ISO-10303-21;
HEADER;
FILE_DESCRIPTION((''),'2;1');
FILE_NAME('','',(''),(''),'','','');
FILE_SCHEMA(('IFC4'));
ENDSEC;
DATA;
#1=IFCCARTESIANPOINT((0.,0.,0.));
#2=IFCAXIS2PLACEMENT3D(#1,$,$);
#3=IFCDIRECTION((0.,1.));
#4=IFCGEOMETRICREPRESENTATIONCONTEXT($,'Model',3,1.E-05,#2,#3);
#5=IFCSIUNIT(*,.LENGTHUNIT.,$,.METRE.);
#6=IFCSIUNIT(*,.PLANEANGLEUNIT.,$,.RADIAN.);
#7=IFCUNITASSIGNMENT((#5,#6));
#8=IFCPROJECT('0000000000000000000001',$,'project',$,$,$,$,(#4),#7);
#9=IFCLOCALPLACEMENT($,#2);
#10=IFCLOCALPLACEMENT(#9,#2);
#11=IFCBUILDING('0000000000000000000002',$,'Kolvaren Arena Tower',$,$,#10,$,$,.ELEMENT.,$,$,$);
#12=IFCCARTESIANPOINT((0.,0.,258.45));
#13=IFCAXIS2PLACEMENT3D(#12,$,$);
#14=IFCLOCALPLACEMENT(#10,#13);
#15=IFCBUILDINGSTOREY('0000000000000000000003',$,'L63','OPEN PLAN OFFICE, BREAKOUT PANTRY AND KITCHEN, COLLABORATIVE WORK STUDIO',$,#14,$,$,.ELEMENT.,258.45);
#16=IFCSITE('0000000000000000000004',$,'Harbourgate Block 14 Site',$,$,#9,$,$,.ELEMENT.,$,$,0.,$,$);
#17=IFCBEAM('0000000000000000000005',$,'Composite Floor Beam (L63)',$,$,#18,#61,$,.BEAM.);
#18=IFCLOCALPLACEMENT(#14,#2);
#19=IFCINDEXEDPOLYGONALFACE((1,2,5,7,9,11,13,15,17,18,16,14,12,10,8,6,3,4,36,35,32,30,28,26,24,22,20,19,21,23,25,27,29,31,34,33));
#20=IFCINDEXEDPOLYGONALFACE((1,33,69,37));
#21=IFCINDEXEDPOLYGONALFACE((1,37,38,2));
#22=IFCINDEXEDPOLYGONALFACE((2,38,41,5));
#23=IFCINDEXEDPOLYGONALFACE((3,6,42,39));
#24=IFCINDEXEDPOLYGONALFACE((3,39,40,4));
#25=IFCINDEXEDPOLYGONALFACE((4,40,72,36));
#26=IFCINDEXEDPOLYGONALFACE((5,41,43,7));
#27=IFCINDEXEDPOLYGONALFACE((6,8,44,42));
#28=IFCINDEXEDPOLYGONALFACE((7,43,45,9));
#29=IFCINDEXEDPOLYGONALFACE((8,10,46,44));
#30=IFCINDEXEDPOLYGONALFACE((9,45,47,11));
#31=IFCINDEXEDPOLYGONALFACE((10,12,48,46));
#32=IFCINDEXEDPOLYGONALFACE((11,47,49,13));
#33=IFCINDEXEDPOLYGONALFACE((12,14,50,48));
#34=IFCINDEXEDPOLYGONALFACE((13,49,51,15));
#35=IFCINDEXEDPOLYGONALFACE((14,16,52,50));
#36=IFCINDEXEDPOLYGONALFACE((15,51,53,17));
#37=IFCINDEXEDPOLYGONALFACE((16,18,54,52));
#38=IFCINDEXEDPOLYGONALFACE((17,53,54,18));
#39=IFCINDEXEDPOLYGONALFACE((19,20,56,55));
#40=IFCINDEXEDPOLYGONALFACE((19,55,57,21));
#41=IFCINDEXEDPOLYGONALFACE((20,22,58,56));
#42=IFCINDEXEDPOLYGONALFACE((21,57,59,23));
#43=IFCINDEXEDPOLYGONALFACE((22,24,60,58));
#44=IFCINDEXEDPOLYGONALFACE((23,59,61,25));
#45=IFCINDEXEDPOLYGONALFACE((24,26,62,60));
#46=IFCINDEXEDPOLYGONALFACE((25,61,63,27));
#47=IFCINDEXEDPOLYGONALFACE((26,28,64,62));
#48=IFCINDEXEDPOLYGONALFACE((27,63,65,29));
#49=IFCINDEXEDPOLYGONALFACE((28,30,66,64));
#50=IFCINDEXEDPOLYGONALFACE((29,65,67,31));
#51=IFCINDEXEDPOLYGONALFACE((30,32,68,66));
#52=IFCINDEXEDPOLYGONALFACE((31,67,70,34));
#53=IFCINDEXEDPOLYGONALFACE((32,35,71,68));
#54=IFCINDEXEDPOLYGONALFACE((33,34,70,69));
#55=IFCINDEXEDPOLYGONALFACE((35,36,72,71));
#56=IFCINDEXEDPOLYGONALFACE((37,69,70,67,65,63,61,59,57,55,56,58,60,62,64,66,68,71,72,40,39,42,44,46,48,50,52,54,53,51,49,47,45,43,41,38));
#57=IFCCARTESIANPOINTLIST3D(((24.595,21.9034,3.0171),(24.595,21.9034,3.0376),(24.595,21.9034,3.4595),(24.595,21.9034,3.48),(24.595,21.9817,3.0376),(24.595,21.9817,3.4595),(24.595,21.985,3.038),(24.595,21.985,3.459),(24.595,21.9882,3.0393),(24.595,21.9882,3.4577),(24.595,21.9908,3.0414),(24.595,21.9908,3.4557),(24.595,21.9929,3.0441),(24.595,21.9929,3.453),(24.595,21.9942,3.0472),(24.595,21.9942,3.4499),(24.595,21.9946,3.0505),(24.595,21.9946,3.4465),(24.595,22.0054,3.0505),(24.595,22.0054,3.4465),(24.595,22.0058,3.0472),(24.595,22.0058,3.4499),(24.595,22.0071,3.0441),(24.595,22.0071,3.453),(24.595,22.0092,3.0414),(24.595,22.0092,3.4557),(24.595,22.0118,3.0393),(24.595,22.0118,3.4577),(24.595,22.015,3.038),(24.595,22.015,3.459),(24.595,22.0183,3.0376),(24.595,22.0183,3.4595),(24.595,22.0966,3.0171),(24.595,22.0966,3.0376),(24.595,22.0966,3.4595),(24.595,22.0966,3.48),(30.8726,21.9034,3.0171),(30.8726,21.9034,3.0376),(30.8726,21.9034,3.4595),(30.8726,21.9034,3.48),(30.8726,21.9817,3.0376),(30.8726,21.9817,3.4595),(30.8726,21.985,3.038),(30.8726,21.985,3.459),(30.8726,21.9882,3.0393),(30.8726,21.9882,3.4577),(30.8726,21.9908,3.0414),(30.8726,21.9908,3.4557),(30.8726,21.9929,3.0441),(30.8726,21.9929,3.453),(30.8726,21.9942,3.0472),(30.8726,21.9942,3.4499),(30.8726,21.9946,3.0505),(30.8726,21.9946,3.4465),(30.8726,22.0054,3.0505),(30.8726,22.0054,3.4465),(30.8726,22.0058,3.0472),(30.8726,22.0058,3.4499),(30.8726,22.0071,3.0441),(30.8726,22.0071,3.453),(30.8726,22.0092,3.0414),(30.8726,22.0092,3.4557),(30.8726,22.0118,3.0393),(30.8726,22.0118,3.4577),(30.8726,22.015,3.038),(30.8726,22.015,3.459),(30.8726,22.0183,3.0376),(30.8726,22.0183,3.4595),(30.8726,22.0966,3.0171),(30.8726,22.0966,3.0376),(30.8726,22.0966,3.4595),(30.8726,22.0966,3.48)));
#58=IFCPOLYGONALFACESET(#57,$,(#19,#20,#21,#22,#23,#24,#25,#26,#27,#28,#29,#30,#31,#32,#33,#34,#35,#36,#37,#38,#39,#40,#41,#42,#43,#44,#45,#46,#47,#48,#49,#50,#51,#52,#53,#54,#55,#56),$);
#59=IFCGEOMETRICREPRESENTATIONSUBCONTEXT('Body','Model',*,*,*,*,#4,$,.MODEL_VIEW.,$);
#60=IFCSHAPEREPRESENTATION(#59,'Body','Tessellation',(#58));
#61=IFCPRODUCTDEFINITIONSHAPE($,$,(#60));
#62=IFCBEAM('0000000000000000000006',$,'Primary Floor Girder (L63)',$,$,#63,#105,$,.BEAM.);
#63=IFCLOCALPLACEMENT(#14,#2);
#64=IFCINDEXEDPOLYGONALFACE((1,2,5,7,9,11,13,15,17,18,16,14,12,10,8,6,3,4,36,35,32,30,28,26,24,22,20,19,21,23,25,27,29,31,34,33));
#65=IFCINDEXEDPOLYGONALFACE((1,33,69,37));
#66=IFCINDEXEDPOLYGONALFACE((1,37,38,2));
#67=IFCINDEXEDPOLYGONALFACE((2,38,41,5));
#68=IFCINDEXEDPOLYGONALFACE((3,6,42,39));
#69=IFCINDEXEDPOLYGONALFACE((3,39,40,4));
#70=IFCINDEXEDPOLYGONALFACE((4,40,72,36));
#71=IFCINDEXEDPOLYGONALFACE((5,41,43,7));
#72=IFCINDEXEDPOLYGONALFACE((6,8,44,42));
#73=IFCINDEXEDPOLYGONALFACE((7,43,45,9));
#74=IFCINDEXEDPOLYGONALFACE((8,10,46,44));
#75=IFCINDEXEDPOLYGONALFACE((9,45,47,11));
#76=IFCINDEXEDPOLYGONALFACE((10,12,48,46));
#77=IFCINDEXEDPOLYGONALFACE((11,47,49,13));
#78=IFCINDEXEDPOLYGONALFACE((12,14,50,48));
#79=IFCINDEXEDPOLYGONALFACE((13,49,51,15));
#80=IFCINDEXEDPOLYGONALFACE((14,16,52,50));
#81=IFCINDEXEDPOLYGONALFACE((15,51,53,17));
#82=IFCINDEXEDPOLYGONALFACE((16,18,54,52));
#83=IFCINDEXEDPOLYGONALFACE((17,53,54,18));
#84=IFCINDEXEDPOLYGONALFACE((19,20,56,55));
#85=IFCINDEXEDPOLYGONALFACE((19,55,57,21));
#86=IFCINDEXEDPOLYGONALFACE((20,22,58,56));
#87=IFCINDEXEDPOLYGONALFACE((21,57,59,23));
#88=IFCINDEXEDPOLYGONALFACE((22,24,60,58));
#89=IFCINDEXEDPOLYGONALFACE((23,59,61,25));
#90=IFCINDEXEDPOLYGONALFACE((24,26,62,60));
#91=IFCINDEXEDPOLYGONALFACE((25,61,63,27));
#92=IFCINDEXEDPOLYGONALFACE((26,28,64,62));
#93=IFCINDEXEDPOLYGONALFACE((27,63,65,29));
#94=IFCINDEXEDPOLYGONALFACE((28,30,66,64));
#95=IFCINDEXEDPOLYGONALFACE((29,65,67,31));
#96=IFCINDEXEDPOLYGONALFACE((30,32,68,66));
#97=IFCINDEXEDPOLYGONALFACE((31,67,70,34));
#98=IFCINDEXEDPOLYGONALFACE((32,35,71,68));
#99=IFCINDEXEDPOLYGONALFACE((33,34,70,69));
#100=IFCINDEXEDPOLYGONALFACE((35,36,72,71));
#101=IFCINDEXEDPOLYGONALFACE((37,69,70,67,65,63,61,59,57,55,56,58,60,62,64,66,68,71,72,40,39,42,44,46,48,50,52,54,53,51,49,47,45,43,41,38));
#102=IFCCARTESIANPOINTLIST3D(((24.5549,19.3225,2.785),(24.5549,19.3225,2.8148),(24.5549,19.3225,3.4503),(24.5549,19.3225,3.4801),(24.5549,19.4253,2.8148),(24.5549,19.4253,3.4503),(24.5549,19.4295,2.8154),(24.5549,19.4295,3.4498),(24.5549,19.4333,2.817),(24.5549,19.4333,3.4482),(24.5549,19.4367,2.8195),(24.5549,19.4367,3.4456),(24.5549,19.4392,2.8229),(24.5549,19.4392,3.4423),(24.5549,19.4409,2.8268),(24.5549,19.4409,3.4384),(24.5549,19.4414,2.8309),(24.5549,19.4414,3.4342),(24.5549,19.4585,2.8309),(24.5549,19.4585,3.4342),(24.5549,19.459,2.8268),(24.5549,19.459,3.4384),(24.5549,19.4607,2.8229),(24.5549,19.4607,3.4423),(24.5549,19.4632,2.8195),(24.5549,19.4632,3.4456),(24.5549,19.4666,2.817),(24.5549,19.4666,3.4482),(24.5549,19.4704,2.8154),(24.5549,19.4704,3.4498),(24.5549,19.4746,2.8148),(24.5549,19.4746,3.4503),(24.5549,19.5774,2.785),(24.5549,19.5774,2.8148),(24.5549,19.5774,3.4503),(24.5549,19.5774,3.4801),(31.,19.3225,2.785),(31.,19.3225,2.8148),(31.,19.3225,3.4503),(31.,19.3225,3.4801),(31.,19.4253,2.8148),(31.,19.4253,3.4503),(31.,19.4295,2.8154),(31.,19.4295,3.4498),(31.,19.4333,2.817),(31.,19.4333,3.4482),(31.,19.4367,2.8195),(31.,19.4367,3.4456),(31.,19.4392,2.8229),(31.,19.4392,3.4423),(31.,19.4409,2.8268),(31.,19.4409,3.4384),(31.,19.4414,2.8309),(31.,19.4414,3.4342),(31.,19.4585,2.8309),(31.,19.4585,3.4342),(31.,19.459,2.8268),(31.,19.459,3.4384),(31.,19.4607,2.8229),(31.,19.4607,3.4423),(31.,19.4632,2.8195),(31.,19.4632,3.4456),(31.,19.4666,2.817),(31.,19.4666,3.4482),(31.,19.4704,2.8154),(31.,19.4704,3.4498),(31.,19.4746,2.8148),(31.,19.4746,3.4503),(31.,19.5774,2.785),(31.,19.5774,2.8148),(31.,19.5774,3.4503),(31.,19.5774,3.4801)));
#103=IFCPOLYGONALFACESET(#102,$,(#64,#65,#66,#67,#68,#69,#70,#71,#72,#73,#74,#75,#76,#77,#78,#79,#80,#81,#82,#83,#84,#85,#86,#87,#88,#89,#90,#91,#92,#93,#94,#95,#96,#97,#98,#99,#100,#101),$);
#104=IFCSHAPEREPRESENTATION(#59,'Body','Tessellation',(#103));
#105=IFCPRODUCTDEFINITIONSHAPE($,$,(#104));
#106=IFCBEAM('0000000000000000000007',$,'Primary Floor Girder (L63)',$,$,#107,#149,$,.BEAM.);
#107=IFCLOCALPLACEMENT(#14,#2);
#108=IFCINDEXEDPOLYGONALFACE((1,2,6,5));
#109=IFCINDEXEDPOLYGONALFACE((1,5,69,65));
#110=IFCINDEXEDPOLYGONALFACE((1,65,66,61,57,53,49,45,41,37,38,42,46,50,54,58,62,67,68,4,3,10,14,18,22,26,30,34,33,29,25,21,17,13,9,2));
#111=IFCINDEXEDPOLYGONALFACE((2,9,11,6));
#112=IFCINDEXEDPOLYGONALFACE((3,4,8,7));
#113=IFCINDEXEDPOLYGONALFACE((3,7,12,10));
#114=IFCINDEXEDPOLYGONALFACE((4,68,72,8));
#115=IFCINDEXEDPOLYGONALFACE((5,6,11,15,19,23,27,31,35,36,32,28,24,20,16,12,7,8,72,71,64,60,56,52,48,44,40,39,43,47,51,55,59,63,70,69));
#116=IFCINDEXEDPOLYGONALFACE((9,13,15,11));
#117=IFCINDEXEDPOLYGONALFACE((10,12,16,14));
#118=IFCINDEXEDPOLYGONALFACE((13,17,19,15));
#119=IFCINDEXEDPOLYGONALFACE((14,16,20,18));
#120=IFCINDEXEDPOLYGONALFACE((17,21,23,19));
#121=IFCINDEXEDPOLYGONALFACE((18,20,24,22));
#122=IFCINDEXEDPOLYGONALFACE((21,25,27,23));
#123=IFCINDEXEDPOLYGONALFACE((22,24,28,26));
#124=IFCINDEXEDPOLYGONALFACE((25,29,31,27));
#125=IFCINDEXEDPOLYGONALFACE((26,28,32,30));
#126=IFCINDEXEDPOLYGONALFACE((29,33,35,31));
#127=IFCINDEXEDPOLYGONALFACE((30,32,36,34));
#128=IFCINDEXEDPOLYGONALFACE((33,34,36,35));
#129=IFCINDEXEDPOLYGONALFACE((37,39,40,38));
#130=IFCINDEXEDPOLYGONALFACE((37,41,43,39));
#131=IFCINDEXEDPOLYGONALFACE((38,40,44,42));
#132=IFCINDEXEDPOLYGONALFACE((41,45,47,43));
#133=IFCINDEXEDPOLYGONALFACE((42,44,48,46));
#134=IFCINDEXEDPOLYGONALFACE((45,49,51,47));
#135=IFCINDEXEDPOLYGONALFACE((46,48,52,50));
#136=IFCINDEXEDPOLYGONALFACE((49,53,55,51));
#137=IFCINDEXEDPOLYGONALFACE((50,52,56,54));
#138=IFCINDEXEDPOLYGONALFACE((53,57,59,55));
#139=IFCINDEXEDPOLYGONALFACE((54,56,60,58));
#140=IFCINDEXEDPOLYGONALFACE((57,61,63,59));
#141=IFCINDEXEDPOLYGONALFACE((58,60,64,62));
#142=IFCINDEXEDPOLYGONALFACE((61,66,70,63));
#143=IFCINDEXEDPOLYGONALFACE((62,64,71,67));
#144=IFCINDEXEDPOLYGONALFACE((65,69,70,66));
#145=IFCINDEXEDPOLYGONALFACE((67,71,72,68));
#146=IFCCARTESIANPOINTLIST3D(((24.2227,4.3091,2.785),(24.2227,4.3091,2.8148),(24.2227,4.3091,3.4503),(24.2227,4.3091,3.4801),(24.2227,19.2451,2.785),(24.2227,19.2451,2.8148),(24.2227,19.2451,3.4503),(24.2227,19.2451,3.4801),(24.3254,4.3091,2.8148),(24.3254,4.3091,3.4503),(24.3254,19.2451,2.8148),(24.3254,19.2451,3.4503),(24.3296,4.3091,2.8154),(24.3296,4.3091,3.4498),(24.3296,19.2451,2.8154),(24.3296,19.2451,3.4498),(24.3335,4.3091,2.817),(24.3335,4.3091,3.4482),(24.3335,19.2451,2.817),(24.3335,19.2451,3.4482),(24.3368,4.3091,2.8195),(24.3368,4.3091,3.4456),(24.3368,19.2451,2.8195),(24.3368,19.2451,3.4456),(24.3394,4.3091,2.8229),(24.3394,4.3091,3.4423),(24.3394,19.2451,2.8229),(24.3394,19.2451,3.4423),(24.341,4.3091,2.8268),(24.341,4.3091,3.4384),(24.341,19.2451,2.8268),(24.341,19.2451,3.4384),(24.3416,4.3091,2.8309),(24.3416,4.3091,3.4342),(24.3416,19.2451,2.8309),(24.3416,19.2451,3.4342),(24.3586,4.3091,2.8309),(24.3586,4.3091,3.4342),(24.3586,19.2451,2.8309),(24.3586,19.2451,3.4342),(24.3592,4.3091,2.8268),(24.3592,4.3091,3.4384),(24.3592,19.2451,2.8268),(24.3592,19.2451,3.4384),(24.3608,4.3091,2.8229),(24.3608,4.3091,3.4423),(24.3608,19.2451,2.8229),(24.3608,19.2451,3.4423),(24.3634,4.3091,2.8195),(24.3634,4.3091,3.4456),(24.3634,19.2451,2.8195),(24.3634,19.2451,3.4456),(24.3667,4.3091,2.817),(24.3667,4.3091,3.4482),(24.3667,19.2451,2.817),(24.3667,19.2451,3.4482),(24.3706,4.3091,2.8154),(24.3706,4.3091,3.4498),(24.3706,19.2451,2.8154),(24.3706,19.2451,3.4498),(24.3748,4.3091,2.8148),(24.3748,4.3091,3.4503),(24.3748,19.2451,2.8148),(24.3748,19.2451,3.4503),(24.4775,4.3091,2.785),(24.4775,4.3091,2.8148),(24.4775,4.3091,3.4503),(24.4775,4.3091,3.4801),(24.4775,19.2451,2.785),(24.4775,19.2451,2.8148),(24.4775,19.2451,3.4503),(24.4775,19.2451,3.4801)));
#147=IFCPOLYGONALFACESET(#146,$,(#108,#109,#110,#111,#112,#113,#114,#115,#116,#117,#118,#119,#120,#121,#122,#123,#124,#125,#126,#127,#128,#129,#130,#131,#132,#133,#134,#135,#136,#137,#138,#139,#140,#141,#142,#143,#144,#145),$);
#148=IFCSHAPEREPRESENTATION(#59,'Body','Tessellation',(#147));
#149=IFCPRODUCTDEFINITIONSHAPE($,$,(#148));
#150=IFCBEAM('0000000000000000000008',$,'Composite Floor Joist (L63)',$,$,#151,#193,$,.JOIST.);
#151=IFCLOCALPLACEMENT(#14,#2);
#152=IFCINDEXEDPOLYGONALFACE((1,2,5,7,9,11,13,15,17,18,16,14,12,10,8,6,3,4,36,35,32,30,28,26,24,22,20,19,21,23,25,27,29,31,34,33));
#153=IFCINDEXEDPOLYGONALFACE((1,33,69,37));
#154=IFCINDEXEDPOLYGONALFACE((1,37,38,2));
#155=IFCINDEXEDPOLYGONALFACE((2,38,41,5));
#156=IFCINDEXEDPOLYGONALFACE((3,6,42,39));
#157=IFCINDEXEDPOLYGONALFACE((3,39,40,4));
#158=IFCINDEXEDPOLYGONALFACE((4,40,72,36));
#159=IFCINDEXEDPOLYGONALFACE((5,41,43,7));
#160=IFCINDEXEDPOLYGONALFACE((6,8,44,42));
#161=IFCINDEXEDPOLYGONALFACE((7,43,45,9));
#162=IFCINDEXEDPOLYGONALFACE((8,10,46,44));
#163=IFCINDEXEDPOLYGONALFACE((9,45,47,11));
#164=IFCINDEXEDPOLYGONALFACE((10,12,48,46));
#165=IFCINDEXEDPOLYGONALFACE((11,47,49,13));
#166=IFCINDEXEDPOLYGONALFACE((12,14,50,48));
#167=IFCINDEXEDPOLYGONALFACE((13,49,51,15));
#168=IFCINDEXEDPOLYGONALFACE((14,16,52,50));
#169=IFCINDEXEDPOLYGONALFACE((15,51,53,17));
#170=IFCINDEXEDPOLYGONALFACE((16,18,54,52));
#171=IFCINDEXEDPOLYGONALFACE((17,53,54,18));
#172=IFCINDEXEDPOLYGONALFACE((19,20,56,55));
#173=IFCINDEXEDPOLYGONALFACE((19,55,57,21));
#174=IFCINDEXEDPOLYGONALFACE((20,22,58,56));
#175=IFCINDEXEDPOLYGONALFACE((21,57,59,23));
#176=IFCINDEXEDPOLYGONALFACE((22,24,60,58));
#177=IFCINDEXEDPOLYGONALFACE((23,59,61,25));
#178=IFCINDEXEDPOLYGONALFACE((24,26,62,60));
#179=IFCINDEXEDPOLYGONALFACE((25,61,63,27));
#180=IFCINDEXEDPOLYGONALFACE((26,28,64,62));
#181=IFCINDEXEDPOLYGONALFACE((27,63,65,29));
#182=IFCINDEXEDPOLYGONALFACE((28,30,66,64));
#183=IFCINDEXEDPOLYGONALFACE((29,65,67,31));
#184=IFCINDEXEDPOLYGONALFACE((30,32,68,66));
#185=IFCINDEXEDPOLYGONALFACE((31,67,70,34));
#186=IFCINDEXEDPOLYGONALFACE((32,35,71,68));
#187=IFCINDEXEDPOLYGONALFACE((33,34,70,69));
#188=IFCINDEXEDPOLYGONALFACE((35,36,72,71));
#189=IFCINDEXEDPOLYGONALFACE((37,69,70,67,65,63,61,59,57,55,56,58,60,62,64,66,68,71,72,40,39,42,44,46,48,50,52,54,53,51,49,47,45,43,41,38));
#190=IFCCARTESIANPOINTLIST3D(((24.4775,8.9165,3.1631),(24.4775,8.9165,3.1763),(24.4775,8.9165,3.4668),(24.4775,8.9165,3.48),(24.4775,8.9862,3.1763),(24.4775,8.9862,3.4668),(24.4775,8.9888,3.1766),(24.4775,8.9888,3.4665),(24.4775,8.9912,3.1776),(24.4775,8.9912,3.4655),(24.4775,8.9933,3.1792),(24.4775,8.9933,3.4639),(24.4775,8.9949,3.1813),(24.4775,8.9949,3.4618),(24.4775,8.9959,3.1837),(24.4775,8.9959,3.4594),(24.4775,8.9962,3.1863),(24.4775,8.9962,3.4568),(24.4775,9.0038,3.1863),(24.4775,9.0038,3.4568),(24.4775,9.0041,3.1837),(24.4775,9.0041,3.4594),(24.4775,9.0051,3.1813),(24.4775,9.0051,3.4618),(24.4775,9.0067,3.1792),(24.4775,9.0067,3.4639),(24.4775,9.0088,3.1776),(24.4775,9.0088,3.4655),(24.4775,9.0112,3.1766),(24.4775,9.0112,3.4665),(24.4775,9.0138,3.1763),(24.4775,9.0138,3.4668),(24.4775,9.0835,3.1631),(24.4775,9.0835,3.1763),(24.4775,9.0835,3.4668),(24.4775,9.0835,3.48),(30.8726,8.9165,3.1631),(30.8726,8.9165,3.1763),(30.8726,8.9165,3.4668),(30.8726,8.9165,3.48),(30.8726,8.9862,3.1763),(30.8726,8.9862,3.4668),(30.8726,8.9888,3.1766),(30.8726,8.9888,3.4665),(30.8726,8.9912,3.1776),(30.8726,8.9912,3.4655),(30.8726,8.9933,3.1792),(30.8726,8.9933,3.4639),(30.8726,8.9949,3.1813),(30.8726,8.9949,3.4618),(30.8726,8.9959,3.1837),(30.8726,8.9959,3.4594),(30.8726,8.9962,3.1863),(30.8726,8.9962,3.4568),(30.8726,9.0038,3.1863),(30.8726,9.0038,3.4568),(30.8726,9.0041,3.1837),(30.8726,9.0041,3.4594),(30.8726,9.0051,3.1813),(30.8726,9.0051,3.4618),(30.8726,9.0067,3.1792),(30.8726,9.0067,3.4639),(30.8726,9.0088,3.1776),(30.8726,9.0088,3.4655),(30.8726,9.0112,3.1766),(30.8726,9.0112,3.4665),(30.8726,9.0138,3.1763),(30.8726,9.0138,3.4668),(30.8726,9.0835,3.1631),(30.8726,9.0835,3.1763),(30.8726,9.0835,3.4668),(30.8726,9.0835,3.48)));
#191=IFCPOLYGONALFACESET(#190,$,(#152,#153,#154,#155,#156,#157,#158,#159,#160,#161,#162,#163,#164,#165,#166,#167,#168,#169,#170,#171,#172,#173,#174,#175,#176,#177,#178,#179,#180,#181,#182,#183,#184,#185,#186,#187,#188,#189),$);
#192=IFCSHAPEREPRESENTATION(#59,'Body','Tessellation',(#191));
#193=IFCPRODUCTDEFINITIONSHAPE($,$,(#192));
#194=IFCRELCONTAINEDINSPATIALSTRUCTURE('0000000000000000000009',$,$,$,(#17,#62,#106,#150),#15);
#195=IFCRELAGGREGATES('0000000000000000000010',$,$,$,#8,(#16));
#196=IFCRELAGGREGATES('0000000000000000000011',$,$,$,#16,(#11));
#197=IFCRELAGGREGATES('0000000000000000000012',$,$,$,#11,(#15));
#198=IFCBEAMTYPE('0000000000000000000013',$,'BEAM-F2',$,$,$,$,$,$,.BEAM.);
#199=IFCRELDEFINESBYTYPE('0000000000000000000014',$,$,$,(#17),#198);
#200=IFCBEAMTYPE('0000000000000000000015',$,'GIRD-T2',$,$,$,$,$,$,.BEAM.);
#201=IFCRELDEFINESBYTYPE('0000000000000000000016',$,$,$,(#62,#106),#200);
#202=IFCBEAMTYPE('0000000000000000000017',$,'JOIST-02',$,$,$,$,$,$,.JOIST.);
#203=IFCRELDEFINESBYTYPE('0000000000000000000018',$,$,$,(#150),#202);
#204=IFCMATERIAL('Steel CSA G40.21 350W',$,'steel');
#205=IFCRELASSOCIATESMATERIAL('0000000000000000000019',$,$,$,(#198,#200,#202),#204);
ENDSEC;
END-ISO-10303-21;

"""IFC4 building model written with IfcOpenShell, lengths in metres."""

from ifc_helpers import new_model, si_unit, direction, frame, origin, origin_2d, place, context, subcontext, project, spatial, i_section, extrude, material, material_profile, profile_set, type_object, element, save


model = new_model("IFC4")

# Units and contexts
model_context = context("Model", 3, precision=1e-05, world=origin(), true_north=direction((0.0, 1.0)))
body_context = subcontext(model_context, "Body", "Model", "MODEL_VIEW")
ifc_project = project(units=[si_unit("LENGTHUNIT", "METRE"), si_unit("PLANEANGLEUNIT", "RADIAN")], contexts=[model_context])

# Site, building, storey
site_placement = place(None, origin())
site = spatial("IfcSite", under=ifc_project, at=site_placement, Name="Harbourgate Block 14 Site", CompositionType="ELEMENT", RefElevation=0.0)
building_placement = place(site_placement, origin())
building = spatial("IfcBuilding", under=site, at=building_placement, Name="Kolvaren Arena Tower", CompositionType="ELEMENT")
storey_placement = place(building_placement, frame((0.0, 0.0, 258.45)))
storey = spatial("IfcBuildingStorey", under=building, at=storey_placement, Name="L63", Description="OPEN PLAN OFFICE, BREAKOUT PANTRY AND KITCHEN, COLLABORATIVE WORK STUDIO", CompositionType="ELEMENT", Elevation=258.45)

# Beams
ifc_material_1 = material(Name="Steel CSA G40.21 350W", Category="steel")
ifc_material_profile_1 = material_profile(ifc_material_1, i_section(OverallWidth=0.1931, OverallDepth=0.4629, WebThickness=0.0107, FlangeThickness=0.0205, FilletRadius=0.0129, at=origin_2d()), Name="W460x113")
ifc_profile_set_1 = profile_set([ifc_material_profile_1], Name="Steel CSA G40.21 350W")
beam_type_1 = type_object("IfcBeamType", Name="BEAM-F2", PredefinedType="BEAM", material=ifc_profile_set_1)
beam_1_placement = place(storey_placement, frame((24.595, 22.0, 3.2485), z_axis=(1.0, 0.0, 0.0), x_axis=(0.0, 1.0, 0.0)))
element("IfcBeam", 1, at=beam_1_placement, inside=storey, type_object=beam_type_1, Name="Composite Floor Beam (L63)", PredefinedType="BEAM", context=body_context, shape_type="SweptSolid", body=[
    extrude(i_section(OverallWidth=0.1931, OverallDepth=0.4629, WebThickness=0.0107, FlangeThickness=0.0205, FilletRadius=0.0129, at=origin_2d()), origin(), (0.0, 0.0, 1.0), 6.2776),
])
ifc_material_profile_2 = material_profile(ifc_material_1, i_section(OverallWidth=0.2549, OverallDepth=0.6951, WebThickness=0.0171, FlangeThickness=0.0298, FilletRadius=0.0161, at=origin_2d()), Name="W690x217")
ifc_profile_set_2 = profile_set([ifc_material_profile_2], Name="Steel CSA G40.21 350W")
beam_type_2 = type_object("IfcBeamType", Name="GIRD-T2", PredefinedType="BEAM", material=ifc_profile_set_2)
beam_2_placement = place(storey_placement, frame((24.5549, 19.45, 3.1326), z_axis=(1.0, 0.0, 0.0), x_axis=(0.0, 1.0, 0.0)))
element("IfcBeam", 2, at=beam_2_placement, inside=storey, type_object=beam_type_2, Name="Primary Floor Girder (L63)", PredefinedType="BEAM", context=body_context, shape_type="SweptSolid", body=[
    extrude(i_section(OverallWidth=0.2549, OverallDepth=0.6951, WebThickness=0.0171, FlangeThickness=0.0298, FilletRadius=0.0161, at=origin_2d()), origin(), (0.0, 0.0, 1.0), 6.4451),
])
beam_3_placement = place(storey_placement, frame((24.3501, 4.3091, 3.1326), z_axis=(0.0, 1.0, 0.0), x_axis=(-1.0, 0.0, 0.0)))
element("IfcBeam", 3, at=beam_3_placement, inside=storey, type_object=beam_type_2, Name="Primary Floor Girder (L63)", PredefinedType="BEAM", context=body_context, shape_type="SweptSolid", body=[
    extrude(i_section(OverallWidth=0.2549, OverallDepth=0.6951, WebThickness=0.0171, FlangeThickness=0.0298, FilletRadius=0.0161, at=origin_2d()), origin(), (0.0, 0.0, 1.0), 14.936),
])
ifc_material_profile_3 = material_profile(ifc_material_1, i_section(OverallWidth=0.167, OverallDepth=0.3169, WebThickness=0.0076, FlangeThickness=0.0132, FilletRadius=0.01, at=origin_2d()), Name="W310x52")
ifc_profile_set_3 = profile_set([ifc_material_profile_3], Name="Steel CSA G40.21 350W")
beam_type_3 = type_object("IfcBeamType", Name="JOIST-02", PredefinedType="JOIST", material=ifc_profile_set_3)
for number, where, z_axis, x_axis, name in (
    (4, (24.4775, 9.0, 3.3215), (1.0, 0.0, 0.0), (0.0, 1.0, 0.0), "Composite Floor Joist (L63)"),
):
    element("IfcBeam", number, at=place(storey_placement, frame(where, z_axis=z_axis, x_axis=x_axis)), inside=storey, type_object=beam_type_3, Name=name, PredefinedType="JOIST", context=body_context, shape_type="SweptSolid", body=[
        extrude(i_section(OverallWidth=0.167, OverallDepth=0.3169, WebThickness=0.0076, FlangeThickness=0.0132, FilletRadius=0.01, at=origin_2d()), origin(), (0.0, 0.0, 1.0), 6.395),
    ])

save(model, "model.ifc")
